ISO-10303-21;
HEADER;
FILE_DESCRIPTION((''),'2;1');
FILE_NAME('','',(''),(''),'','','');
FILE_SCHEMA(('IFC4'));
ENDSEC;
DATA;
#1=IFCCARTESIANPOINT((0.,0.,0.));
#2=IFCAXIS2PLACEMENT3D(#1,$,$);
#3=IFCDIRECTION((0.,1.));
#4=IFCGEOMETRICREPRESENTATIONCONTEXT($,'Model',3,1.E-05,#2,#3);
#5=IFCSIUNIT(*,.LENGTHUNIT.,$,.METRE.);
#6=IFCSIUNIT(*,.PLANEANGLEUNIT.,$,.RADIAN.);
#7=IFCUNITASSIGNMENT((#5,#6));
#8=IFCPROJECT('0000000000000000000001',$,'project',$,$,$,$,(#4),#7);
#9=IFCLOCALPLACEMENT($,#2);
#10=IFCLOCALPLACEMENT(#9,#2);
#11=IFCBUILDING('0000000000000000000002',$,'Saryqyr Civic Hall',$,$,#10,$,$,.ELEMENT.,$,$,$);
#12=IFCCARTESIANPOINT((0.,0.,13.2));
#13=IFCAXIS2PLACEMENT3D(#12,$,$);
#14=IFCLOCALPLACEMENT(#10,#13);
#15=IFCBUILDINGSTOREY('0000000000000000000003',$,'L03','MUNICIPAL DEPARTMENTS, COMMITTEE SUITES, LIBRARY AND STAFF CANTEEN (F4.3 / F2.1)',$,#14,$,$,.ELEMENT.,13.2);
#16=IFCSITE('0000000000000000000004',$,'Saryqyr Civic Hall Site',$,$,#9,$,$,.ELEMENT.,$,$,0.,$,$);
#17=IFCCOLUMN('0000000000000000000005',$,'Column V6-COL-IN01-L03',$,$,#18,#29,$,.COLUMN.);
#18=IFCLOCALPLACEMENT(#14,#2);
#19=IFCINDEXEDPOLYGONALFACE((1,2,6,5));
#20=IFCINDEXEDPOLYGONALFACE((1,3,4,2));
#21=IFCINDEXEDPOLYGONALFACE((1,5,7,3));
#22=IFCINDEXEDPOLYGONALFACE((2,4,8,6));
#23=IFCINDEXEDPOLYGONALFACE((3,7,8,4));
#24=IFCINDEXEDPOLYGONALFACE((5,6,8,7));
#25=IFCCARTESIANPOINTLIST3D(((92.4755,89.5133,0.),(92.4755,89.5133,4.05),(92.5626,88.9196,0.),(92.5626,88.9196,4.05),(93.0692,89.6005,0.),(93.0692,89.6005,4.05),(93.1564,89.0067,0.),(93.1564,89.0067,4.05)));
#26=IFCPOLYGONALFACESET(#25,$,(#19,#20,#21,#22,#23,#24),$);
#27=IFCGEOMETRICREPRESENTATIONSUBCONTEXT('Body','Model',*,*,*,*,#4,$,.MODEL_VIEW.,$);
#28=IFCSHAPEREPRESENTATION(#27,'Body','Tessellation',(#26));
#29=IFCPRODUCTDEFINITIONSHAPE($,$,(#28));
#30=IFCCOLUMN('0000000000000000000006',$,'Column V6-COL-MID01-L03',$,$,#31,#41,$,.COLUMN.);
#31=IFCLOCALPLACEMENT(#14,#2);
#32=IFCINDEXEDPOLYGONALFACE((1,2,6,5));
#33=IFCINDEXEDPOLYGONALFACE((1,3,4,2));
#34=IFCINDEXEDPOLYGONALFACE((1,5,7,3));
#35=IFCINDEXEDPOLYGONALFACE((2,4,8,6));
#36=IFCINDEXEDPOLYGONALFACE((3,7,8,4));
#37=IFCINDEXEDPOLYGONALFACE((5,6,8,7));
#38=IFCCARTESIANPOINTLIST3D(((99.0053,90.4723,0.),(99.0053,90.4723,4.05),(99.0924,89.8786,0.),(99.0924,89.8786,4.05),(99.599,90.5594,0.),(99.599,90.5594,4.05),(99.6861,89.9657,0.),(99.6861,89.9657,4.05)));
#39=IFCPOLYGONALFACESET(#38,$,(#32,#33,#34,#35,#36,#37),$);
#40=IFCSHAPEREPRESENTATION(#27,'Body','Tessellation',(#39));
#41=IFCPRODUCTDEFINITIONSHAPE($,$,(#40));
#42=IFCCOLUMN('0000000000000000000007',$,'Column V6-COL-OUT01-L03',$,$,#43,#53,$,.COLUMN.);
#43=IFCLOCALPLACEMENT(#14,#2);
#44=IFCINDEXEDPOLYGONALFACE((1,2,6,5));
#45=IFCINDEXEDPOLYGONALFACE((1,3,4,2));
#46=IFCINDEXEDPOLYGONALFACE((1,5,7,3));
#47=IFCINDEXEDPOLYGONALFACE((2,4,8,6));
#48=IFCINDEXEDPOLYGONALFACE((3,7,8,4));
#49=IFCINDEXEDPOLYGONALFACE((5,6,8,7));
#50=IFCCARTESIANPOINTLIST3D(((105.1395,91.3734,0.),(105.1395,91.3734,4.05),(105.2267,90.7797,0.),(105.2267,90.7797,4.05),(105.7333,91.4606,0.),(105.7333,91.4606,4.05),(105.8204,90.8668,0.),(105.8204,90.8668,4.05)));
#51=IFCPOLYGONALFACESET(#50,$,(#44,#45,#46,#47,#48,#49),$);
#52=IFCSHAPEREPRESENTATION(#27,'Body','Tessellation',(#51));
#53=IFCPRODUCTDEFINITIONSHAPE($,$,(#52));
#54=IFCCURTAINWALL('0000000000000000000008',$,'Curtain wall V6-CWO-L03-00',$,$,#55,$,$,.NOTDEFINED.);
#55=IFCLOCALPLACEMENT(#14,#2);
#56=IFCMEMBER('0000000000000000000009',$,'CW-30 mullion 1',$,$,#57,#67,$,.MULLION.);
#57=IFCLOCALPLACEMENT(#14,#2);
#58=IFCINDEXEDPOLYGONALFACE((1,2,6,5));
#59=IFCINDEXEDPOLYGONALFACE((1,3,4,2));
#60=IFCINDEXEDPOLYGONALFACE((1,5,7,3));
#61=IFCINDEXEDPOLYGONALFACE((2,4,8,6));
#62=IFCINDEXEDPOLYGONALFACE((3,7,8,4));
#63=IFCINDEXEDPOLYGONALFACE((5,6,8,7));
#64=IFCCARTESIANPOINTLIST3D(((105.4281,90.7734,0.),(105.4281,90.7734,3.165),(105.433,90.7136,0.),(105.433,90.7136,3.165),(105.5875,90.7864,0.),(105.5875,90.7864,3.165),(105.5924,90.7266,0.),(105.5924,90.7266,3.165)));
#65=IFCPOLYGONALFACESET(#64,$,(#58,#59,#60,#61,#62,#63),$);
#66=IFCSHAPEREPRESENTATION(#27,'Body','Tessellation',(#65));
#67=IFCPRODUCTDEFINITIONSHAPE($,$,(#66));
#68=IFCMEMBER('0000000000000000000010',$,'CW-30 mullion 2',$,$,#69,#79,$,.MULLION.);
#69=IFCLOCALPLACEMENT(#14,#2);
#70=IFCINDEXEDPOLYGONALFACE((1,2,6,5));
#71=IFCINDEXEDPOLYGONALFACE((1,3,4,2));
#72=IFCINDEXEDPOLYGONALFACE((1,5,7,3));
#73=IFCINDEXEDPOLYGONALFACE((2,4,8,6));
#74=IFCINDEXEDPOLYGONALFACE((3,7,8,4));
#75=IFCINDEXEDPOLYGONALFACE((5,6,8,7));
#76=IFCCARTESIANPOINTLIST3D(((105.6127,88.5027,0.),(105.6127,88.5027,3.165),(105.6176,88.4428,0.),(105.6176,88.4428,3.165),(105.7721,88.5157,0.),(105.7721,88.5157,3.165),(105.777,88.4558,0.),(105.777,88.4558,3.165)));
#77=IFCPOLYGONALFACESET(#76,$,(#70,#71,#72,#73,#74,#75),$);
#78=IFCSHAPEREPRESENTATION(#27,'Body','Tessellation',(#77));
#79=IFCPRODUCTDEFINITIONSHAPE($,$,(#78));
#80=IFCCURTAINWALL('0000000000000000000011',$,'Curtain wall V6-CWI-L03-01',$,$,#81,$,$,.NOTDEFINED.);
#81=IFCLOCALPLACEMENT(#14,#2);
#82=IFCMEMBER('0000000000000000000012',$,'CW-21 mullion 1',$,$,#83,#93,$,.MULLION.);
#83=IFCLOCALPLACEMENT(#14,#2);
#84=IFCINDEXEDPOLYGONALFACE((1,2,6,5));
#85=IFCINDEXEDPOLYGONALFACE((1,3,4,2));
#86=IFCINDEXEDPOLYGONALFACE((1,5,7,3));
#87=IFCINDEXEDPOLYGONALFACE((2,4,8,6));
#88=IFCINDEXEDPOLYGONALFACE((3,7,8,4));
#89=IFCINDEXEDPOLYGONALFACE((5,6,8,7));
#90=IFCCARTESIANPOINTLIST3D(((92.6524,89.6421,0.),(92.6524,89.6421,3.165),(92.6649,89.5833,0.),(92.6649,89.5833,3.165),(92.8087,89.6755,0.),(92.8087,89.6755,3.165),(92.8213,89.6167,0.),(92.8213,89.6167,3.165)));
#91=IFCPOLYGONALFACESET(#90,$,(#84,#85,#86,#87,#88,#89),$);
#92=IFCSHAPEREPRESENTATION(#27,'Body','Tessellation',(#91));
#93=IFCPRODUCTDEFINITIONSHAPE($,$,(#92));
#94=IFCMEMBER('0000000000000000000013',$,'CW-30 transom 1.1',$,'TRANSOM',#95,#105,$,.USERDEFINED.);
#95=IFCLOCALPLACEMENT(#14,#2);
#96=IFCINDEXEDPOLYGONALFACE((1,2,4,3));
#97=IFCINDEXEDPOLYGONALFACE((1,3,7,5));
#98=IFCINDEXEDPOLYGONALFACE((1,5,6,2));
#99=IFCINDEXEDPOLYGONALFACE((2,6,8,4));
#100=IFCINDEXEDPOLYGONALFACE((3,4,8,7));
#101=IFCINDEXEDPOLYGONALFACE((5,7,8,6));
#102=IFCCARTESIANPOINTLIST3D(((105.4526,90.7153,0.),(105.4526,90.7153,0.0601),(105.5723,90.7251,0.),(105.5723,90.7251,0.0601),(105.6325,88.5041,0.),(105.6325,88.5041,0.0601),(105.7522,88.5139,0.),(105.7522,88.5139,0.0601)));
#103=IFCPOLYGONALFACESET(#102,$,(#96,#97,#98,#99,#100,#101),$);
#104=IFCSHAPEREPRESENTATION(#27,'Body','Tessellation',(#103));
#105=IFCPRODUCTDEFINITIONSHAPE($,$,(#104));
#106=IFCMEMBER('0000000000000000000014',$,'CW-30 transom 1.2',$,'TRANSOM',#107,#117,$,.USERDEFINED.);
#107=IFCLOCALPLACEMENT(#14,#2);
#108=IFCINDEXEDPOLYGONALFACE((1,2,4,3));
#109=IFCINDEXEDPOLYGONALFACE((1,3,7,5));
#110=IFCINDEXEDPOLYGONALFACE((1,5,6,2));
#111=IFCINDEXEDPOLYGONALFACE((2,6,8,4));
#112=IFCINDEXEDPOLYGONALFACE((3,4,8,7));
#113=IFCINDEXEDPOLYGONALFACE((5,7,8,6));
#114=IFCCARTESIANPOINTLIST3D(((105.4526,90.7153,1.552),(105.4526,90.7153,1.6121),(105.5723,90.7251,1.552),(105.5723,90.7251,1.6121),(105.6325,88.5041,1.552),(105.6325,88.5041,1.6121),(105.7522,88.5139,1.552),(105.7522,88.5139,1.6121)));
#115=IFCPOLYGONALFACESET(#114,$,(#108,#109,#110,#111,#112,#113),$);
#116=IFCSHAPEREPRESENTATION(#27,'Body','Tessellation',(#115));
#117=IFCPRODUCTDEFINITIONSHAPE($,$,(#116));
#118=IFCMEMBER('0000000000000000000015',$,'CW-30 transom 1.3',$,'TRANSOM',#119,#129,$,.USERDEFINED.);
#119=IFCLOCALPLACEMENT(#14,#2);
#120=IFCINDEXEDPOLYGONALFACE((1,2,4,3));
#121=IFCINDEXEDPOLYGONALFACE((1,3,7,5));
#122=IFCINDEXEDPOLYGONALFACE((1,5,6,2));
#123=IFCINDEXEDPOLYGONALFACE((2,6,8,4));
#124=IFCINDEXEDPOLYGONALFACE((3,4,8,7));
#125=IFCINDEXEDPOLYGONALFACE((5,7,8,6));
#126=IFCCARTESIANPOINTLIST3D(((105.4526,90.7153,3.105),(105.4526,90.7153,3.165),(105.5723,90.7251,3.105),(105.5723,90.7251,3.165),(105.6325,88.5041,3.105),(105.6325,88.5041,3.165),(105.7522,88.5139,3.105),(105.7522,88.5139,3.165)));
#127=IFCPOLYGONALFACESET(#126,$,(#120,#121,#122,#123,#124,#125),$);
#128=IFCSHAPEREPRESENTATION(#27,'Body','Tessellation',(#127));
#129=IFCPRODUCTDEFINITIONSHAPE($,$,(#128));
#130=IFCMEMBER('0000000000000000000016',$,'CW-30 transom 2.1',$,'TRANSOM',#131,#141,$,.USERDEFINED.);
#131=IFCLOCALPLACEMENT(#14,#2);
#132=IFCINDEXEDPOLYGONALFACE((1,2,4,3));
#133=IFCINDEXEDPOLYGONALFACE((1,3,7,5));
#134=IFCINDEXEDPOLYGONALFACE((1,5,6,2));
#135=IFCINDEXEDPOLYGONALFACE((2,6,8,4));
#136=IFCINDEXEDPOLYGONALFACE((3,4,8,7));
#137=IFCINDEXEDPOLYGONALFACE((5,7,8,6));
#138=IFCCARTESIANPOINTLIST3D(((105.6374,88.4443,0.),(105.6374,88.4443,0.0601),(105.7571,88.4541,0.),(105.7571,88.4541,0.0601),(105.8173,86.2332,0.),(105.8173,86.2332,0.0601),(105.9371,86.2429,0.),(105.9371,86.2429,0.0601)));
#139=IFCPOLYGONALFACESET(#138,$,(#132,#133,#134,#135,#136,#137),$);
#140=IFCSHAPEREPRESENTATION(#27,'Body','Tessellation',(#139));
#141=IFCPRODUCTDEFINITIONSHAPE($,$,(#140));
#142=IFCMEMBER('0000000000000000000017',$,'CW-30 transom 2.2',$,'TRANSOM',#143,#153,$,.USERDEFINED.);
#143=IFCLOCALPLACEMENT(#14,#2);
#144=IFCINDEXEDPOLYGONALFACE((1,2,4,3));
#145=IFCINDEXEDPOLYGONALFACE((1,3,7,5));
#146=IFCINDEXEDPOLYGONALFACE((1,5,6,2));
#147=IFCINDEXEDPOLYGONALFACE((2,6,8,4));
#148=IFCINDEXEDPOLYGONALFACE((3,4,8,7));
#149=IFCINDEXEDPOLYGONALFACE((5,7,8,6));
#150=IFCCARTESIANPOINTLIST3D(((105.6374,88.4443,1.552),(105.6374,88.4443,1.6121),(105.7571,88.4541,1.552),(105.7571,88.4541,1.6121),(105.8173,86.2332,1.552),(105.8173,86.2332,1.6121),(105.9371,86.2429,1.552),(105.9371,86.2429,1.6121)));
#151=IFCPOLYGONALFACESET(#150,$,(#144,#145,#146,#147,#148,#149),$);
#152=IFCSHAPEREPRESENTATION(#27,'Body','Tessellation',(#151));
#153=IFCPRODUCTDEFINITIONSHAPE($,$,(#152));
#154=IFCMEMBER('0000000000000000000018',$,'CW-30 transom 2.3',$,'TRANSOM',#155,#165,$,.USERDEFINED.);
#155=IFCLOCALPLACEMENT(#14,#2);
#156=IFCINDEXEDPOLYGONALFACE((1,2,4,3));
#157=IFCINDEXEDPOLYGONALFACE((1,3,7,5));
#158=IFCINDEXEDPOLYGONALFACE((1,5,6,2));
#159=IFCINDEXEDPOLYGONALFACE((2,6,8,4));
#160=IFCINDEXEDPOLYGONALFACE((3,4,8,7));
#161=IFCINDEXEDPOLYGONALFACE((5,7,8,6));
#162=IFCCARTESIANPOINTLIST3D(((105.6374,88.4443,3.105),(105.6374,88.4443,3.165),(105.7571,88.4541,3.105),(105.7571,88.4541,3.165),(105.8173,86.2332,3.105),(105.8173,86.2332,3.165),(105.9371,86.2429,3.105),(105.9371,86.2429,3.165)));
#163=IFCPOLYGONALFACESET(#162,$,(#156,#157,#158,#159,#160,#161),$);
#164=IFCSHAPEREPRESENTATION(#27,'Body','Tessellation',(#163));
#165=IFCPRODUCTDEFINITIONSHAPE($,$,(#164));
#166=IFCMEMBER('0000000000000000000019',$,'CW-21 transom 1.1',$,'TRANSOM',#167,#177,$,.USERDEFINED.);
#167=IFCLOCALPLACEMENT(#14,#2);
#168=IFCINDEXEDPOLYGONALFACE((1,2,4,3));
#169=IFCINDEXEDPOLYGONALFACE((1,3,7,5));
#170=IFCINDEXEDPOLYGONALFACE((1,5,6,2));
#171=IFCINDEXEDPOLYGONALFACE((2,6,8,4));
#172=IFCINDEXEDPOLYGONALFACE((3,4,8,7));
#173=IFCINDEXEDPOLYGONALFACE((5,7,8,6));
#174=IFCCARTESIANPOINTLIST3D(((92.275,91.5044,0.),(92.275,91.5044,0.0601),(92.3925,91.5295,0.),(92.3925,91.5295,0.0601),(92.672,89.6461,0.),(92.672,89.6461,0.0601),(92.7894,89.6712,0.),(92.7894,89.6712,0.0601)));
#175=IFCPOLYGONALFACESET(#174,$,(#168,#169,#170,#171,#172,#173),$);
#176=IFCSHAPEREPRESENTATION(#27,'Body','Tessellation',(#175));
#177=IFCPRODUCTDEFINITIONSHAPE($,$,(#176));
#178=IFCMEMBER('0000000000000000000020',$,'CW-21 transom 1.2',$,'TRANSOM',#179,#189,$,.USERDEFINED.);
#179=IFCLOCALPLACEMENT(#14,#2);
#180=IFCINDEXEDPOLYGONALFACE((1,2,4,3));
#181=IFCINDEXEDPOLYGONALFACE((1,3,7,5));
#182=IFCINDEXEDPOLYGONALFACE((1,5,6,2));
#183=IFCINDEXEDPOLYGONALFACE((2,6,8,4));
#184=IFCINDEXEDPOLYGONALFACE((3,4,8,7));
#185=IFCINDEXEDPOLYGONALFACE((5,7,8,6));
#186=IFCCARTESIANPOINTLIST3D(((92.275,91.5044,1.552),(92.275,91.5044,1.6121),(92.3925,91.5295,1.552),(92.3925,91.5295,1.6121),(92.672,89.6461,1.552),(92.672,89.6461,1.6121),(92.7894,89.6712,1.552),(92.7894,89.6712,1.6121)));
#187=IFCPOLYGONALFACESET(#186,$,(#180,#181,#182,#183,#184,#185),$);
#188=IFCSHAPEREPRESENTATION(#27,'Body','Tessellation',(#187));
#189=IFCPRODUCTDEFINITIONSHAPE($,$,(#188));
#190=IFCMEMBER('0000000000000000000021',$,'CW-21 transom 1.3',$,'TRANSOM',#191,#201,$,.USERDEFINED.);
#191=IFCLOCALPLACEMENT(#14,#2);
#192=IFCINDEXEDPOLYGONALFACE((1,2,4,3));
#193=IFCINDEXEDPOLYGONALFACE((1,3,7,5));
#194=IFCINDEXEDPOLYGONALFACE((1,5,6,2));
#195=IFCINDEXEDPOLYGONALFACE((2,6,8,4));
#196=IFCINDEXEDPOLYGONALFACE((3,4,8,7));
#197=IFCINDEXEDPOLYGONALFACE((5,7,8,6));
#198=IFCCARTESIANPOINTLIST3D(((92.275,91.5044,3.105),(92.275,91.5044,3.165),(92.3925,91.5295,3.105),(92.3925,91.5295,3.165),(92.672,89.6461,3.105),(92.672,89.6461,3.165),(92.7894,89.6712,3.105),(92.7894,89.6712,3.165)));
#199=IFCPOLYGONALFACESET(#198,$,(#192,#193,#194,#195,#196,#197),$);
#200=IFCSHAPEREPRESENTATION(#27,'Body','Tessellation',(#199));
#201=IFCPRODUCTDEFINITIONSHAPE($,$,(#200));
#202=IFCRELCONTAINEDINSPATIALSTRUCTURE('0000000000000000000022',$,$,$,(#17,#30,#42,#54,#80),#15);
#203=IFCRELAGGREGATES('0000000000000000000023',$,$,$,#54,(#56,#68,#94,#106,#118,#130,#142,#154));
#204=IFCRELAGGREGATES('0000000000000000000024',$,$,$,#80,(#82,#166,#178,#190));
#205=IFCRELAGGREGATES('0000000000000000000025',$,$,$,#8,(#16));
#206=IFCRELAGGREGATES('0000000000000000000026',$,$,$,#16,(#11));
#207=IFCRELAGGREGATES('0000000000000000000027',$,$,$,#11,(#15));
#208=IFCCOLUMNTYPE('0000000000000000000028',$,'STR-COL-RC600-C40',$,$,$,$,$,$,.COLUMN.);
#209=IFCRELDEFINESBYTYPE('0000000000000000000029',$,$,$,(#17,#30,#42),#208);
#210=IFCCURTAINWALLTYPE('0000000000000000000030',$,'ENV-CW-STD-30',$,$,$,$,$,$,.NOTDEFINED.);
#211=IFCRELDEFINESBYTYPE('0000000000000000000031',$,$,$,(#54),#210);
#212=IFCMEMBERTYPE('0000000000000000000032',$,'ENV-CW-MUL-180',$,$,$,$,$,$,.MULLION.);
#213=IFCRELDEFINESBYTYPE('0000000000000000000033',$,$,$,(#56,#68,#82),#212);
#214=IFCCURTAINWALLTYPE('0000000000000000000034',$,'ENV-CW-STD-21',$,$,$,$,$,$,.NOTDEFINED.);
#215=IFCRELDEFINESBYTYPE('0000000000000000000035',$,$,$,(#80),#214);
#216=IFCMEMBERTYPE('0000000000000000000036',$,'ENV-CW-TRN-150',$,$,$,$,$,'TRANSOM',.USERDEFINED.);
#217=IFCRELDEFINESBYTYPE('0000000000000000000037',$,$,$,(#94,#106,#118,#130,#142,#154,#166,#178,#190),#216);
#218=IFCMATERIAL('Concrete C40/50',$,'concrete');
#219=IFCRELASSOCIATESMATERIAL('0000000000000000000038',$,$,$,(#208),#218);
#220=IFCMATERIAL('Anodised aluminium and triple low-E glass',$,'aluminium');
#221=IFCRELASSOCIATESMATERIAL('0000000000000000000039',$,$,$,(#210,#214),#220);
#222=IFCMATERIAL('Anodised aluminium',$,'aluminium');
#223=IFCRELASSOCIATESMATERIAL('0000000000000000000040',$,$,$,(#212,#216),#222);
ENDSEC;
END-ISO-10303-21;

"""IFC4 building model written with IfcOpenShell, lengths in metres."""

from ifc_helpers import new_model, si_unit, direction, frame, origin, origin_2d, place, context, subcontext, project, spatial, rectangle, extrude, material, material_profile, profile_set, type_object, element, aggregate, save


model = new_model("IFC4")

# Units and contexts
model_context = context("Model", 3, precision=1e-05, world=origin(), true_north=direction((0.0, 1.0)))
body_context = subcontext(model_context, "Body", "Model", "MODEL_VIEW")
ifc_project = project(units=[si_unit("LENGTHUNIT", "METRE"), si_unit("PLANEANGLEUNIT", "RADIAN")], contexts=[model_context])

# Site, building, storey
site_placement = place(None, origin())
site = spatial("IfcSite", under=ifc_project, at=site_placement, Name="Saryqyr Civic Hall Site", CompositionType="ELEMENT", RefElevation=0.0)
building_placement = place(site_placement, origin())
building = spatial("IfcBuilding", under=site, at=building_placement, Name="Saryqyr Civic Hall", CompositionType="ELEMENT")
storey_placement = place(building_placement, frame((0.0, 0.0, 13.2)))
storey = spatial("IfcBuildingStorey", under=building, at=storey_placement, Name="L03", Description="MUNICIPAL DEPARTMENTS, COMMITTEE SUITES, LIBRARY AND STAFF CANTEEN (F4.3 / F2.1)", CompositionType="ELEMENT", Elevation=13.2)

# Columns
ifc_material_1 = material(Name="Concrete C40/50", Category="concrete")
ifc_material_profile_1 = material_profile(ifc_material_1, rectangle(XDim=0.6001, YDim=0.6001, at=origin_2d()), Name="RC 600x600")
ifc_profile_set_1 = profile_set([ifc_material_profile_1], Name="Concrete C40/50")
column_type = type_object("IfcColumnType", Name="STR-COL-RC600-C40", PredefinedType="COLUMN", material=ifc_profile_set_1)
for number, where, z_axis, x_axis, name in (
    (1, (92.8159, 89.26, 0.0), (0.0, 0.0, 1.0), (0.989399, 0.14522, 0.0), "Column V6-COL-IN01-L03"),
    (2, (99.3457, 90.219, 0.0), (0.0, 0.0, 1.0), (0.989399, 0.14522, 0.0), "Column V6-COL-MID01-L03"),
    (3, (105.48, 91.1201, 0.0), (0.0, 0.0, 1.0), (0.989399, 0.14522, 0.0), "Column V6-COL-OUT01-L03"),
):
    element("IfcColumn", number, at=place(storey_placement, frame(where, z_axis=z_axis, x_axis=x_axis)), inside=storey, type_object=column_type, Name=name, PredefinedType="COLUMN", context=body_context, shape_type="SweptSolid", body=[
        extrude(rectangle(XDim=0.6001, YDim=0.6001, at=origin_2d()), origin(), (0.0, 0.0, 1.0), 4.05),
    ])

# Curtain wall, members
ifc_material_2 = material(Name="Anodised aluminium and triple low-E glass", Category="aluminium")
curtain_wall_type_1 = type_object("IfcCurtainWallType", Name="ENV-CW-STD-30", PredefinedType="NOTDEFINED", material=ifc_material_2)
curtain_wall_1_placement = place(storey_placement, origin())
curtain_wall_1 = element("IfcCurtainWall", 4, at=curtain_wall_1_placement, inside=storey, type_object=curtain_wall_type_1, Name="Curtain wall V6-CWO-L03-00", PredefinedType="NOTDEFINED")
ifc_material_3 = material(Name="Anodised aluminium", Category="aluminium")
ifc_material_profile_2 = material_profile(ifc_material_3, rectangle(XDim=0.0601, YDim=0.1599, at=origin_2d()), Name="ALU MULLION 60x160")
ifc_profile_set_2 = profile_set([ifc_material_profile_2], Name="Anodised aluminium")
member_type_1 = type_object("IfcMemberType", Name="ENV-CW-MUL-180", PredefinedType="MULLION", material=ifc_profile_set_2)
member_1_placement = place(storey_placement, frame((105.5103, 90.75, 0.0), z_axis=(0.0, 0.0, 1.0), x_axis=(0.081093, -0.996707, 0.0)))
member_1 = element("IfcMember", 5, at=member_1_placement, type_object=member_type_1, Name="CW-30 mullion 1", PredefinedType="MULLION", context=body_context, shape_type="SweptSolid", body=[
    extrude(rectangle(XDim=0.0601, YDim=0.1599, at=origin_2d()), origin(), (0.0, 0.0, 1.0), 3.165),
])
member_2_placement = place(storey_placement, frame((105.6948, 88.4792, 0.0), z_axis=(0.0, 0.0, 1.0), x_axis=(0.081093, -0.996707, 0.0)))
member_2 = element("IfcMember", 6, at=member_2_placement, type_object=member_type_1, Name="CW-30 mullion 2", PredefinedType="MULLION", context=body_context, shape_type="SweptSolid", body=[
    extrude(rectangle(XDim=0.0601, YDim=0.1599, at=origin_2d()), origin(), (0.0, 0.0, 1.0), 3.165),
])

# Curtain wall, member
curtain_wall_type_2 = type_object("IfcCurtainWallType", Name="ENV-CW-STD-21", PredefinedType="NOTDEFINED", material=ifc_material_2)
curtain_wall_2_placement = place(storey_placement, origin())
curtain_wall_2 = element("IfcCurtainWall", 7, at=curtain_wall_2_placement, inside=storey, type_object=curtain_wall_type_2, Name="Curtain wall V6-CWI-L03-01", PredefinedType="NOTDEFINED")
member_3_placement = place(storey_placement, frame((92.7368, 89.6294, 0.0), z_axis=(0.0, 0.0, 1.0), x_axis=(-0.208899, 0.977937, 0.0)))
member_3 = element("IfcMember", 8, at=member_3_placement, type_object=member_type_1, Name="CW-21 mullion 1", PredefinedType="MULLION", context=body_context, shape_type="SweptSolid", body=[
    extrude(rectangle(XDim=0.0601, YDim=0.1599, at=origin_2d()), origin(), (0.0, 0.0, 1.0), 3.165),
])

# Members
ifc_material_profile_3 = material_profile(ifc_material_3, rectangle(XDim=0.1201, YDim=0.0601, at=origin_2d()), Name="ALU TRANSOM 120x60")
ifc_profile_set_3 = profile_set([ifc_material_profile_3], Name="Anodised aluminium")
member_type_2 = type_object("IfcMemberType", Name="ENV-CW-TRN-150", ElementType="TRANSOM", PredefinedType="USERDEFINED", material=ifc_profile_set_3)
member_4_placement = place(storey_placement, frame((105.5125, 90.7202, 0.03), z_axis=(0.081105, -0.996706, 0.0), x_axis=(0.996706, 0.081105, 0.0)))
member_4 = element("IfcMember", 9, at=member_4_placement, type_object=member_type_2, Name="CW-30 transom 1.1", ObjectType="TRANSOM", PredefinedType="USERDEFINED", context=body_context, shape_type="SweptSolid", body=[
    extrude(rectangle(XDim=0.1201, YDim=0.0601, at=origin_2d()), origin(), (0.0, 0.0, 1.0), 2.2185),
])
member_5_placement = place(storey_placement, frame((105.5125, 90.7202, 1.582), z_axis=(0.081105, -0.996706, 0.0), x_axis=(0.996706, 0.081105, 0.0)))
member_5 = element("IfcMember", 10, at=member_5_placement, type_object=member_type_2, Name="CW-30 transom 1.2", ObjectType="TRANSOM", PredefinedType="USERDEFINED", context=body_context, shape_type="SweptSolid", body=[
    extrude(rectangle(XDim=0.1201, YDim=0.0601, at=origin_2d()), origin(), (0.0, 0.0, 1.0), 2.2185),
])
member_6_placement = place(storey_placement, frame((105.5125, 90.7202, 3.135), z_axis=(0.081105, -0.996706, 0.0), x_axis=(0.996706, 0.081105, 0.0)))
member_6 = element("IfcMember", 11, at=member_6_placement, type_object=member_type_2, Name="CW-30 transom 1.3", ObjectType="TRANSOM", PredefinedType="USERDEFINED", context=body_context, shape_type="SweptSolid", body=[
    extrude(rectangle(XDim=0.1201, YDim=0.0601, at=origin_2d()), origin(), (0.0, 0.0, 1.0), 2.2185),
])
member_7_placement = place(storey_placement, frame((105.6973, 88.4492, 0.03), z_axis=(0.081105, -0.996706, 0.0), x_axis=(0.996706, 0.081105, 0.0)))
member_7 = element("IfcMember", 12, at=member_7_placement, type_object=member_type_2, Name="CW-30 transom 2.1", ObjectType="TRANSOM", PredefinedType="USERDEFINED", context=body_context, shape_type="SweptSolid", body=[
    extrude(rectangle(XDim=0.1201, YDim=0.0601, at=origin_2d()), origin(), (0.0, 0.0, 1.0), 2.2185),
])
member_8_placement = place(storey_placement, frame((105.6973, 88.4492, 1.582), z_axis=(0.081105, -0.996706, 0.0), x_axis=(0.996706, 0.081105, 0.0)))
member_8 = element("IfcMember", 13, at=member_8_placement, type_object=member_type_2, Name="CW-30 transom 2.2", ObjectType="TRANSOM", PredefinedType="USERDEFINED", context=body_context, shape_type="SweptSolid", body=[
    extrude(rectangle(XDim=0.1201, YDim=0.0601, at=origin_2d()), origin(), (0.0, 0.0, 1.0), 2.2185),
])
member_9_placement = place(storey_placement, frame((105.6973, 88.4492, 3.135), z_axis=(0.081105, -0.996706, 0.0), x_axis=(0.996706, 0.081105, 0.0)))
member_9 = element("IfcMember", 14, at=member_9_placement, type_object=member_type_2, Name="CW-30 transom 2.3", ObjectType="TRANSOM", PredefinedType="USERDEFINED", context=body_context, shape_type="SweptSolid", body=[
    extrude(rectangle(XDim=0.1201, YDim=0.0601, at=origin_2d()), origin(), (0.0, 0.0, 1.0), 2.2185),
])
member_10_placement = place(storey_placement, frame((92.7307, 89.6587, 0.03), z_axis=(-0.208924, 0.977932, 0.0), x_axis=(-0.977932, -0.208924, 0.0)))
member_10 = element("IfcMember", 15, at=member_10_placement, type_object=member_type_2, Name="CW-21 transom 1.1", ObjectType="TRANSOM", PredefinedType="USERDEFINED", context=body_context, shape_type="SweptSolid", body=[
    extrude(rectangle(XDim=0.1201, YDim=0.0601, at=origin_2d()), origin(), (0.0, 0.0, 1.0), 1.9001),
])
member_11_placement = place(storey_placement, frame((92.7307, 89.6587, 1.582), z_axis=(-0.208924, 0.977932, 0.0), x_axis=(-0.977932, -0.208924, 0.0)))
member_11 = element("IfcMember", 16, at=member_11_placement, type_object=member_type_2, Name="CW-21 transom 1.2", ObjectType="TRANSOM", PredefinedType="USERDEFINED", context=body_context, shape_type="SweptSolid", body=[
    extrude(rectangle(XDim=0.1201, YDim=0.0601, at=origin_2d()), origin(), (0.0, 0.0, 1.0), 1.9001),
])
member_12_placement = place(storey_placement, frame((92.7307, 89.6587, 3.135), z_axis=(-0.208924, 0.977932, 0.0), x_axis=(-0.977932, -0.208924, 0.0)))
member_12 = element("IfcMember", 17, at=member_12_placement, type_object=member_type_2, Name="CW-21 transom 1.3", ObjectType="TRANSOM", PredefinedType="USERDEFINED", context=body_context, shape_type="SweptSolid", body=[
    extrude(rectangle(XDim=0.1201, YDim=0.0601, at=origin_2d()), origin(), (0.0, 0.0, 1.0), 1.9001),
])

aggregate(curtain_wall_1, [member_1, member_2, member_4, member_5, member_6, member_7, member_8, member_9])
aggregate(curtain_wall_2, [member_3, member_10, member_11, member_12])

save(model, "model.ifc")
